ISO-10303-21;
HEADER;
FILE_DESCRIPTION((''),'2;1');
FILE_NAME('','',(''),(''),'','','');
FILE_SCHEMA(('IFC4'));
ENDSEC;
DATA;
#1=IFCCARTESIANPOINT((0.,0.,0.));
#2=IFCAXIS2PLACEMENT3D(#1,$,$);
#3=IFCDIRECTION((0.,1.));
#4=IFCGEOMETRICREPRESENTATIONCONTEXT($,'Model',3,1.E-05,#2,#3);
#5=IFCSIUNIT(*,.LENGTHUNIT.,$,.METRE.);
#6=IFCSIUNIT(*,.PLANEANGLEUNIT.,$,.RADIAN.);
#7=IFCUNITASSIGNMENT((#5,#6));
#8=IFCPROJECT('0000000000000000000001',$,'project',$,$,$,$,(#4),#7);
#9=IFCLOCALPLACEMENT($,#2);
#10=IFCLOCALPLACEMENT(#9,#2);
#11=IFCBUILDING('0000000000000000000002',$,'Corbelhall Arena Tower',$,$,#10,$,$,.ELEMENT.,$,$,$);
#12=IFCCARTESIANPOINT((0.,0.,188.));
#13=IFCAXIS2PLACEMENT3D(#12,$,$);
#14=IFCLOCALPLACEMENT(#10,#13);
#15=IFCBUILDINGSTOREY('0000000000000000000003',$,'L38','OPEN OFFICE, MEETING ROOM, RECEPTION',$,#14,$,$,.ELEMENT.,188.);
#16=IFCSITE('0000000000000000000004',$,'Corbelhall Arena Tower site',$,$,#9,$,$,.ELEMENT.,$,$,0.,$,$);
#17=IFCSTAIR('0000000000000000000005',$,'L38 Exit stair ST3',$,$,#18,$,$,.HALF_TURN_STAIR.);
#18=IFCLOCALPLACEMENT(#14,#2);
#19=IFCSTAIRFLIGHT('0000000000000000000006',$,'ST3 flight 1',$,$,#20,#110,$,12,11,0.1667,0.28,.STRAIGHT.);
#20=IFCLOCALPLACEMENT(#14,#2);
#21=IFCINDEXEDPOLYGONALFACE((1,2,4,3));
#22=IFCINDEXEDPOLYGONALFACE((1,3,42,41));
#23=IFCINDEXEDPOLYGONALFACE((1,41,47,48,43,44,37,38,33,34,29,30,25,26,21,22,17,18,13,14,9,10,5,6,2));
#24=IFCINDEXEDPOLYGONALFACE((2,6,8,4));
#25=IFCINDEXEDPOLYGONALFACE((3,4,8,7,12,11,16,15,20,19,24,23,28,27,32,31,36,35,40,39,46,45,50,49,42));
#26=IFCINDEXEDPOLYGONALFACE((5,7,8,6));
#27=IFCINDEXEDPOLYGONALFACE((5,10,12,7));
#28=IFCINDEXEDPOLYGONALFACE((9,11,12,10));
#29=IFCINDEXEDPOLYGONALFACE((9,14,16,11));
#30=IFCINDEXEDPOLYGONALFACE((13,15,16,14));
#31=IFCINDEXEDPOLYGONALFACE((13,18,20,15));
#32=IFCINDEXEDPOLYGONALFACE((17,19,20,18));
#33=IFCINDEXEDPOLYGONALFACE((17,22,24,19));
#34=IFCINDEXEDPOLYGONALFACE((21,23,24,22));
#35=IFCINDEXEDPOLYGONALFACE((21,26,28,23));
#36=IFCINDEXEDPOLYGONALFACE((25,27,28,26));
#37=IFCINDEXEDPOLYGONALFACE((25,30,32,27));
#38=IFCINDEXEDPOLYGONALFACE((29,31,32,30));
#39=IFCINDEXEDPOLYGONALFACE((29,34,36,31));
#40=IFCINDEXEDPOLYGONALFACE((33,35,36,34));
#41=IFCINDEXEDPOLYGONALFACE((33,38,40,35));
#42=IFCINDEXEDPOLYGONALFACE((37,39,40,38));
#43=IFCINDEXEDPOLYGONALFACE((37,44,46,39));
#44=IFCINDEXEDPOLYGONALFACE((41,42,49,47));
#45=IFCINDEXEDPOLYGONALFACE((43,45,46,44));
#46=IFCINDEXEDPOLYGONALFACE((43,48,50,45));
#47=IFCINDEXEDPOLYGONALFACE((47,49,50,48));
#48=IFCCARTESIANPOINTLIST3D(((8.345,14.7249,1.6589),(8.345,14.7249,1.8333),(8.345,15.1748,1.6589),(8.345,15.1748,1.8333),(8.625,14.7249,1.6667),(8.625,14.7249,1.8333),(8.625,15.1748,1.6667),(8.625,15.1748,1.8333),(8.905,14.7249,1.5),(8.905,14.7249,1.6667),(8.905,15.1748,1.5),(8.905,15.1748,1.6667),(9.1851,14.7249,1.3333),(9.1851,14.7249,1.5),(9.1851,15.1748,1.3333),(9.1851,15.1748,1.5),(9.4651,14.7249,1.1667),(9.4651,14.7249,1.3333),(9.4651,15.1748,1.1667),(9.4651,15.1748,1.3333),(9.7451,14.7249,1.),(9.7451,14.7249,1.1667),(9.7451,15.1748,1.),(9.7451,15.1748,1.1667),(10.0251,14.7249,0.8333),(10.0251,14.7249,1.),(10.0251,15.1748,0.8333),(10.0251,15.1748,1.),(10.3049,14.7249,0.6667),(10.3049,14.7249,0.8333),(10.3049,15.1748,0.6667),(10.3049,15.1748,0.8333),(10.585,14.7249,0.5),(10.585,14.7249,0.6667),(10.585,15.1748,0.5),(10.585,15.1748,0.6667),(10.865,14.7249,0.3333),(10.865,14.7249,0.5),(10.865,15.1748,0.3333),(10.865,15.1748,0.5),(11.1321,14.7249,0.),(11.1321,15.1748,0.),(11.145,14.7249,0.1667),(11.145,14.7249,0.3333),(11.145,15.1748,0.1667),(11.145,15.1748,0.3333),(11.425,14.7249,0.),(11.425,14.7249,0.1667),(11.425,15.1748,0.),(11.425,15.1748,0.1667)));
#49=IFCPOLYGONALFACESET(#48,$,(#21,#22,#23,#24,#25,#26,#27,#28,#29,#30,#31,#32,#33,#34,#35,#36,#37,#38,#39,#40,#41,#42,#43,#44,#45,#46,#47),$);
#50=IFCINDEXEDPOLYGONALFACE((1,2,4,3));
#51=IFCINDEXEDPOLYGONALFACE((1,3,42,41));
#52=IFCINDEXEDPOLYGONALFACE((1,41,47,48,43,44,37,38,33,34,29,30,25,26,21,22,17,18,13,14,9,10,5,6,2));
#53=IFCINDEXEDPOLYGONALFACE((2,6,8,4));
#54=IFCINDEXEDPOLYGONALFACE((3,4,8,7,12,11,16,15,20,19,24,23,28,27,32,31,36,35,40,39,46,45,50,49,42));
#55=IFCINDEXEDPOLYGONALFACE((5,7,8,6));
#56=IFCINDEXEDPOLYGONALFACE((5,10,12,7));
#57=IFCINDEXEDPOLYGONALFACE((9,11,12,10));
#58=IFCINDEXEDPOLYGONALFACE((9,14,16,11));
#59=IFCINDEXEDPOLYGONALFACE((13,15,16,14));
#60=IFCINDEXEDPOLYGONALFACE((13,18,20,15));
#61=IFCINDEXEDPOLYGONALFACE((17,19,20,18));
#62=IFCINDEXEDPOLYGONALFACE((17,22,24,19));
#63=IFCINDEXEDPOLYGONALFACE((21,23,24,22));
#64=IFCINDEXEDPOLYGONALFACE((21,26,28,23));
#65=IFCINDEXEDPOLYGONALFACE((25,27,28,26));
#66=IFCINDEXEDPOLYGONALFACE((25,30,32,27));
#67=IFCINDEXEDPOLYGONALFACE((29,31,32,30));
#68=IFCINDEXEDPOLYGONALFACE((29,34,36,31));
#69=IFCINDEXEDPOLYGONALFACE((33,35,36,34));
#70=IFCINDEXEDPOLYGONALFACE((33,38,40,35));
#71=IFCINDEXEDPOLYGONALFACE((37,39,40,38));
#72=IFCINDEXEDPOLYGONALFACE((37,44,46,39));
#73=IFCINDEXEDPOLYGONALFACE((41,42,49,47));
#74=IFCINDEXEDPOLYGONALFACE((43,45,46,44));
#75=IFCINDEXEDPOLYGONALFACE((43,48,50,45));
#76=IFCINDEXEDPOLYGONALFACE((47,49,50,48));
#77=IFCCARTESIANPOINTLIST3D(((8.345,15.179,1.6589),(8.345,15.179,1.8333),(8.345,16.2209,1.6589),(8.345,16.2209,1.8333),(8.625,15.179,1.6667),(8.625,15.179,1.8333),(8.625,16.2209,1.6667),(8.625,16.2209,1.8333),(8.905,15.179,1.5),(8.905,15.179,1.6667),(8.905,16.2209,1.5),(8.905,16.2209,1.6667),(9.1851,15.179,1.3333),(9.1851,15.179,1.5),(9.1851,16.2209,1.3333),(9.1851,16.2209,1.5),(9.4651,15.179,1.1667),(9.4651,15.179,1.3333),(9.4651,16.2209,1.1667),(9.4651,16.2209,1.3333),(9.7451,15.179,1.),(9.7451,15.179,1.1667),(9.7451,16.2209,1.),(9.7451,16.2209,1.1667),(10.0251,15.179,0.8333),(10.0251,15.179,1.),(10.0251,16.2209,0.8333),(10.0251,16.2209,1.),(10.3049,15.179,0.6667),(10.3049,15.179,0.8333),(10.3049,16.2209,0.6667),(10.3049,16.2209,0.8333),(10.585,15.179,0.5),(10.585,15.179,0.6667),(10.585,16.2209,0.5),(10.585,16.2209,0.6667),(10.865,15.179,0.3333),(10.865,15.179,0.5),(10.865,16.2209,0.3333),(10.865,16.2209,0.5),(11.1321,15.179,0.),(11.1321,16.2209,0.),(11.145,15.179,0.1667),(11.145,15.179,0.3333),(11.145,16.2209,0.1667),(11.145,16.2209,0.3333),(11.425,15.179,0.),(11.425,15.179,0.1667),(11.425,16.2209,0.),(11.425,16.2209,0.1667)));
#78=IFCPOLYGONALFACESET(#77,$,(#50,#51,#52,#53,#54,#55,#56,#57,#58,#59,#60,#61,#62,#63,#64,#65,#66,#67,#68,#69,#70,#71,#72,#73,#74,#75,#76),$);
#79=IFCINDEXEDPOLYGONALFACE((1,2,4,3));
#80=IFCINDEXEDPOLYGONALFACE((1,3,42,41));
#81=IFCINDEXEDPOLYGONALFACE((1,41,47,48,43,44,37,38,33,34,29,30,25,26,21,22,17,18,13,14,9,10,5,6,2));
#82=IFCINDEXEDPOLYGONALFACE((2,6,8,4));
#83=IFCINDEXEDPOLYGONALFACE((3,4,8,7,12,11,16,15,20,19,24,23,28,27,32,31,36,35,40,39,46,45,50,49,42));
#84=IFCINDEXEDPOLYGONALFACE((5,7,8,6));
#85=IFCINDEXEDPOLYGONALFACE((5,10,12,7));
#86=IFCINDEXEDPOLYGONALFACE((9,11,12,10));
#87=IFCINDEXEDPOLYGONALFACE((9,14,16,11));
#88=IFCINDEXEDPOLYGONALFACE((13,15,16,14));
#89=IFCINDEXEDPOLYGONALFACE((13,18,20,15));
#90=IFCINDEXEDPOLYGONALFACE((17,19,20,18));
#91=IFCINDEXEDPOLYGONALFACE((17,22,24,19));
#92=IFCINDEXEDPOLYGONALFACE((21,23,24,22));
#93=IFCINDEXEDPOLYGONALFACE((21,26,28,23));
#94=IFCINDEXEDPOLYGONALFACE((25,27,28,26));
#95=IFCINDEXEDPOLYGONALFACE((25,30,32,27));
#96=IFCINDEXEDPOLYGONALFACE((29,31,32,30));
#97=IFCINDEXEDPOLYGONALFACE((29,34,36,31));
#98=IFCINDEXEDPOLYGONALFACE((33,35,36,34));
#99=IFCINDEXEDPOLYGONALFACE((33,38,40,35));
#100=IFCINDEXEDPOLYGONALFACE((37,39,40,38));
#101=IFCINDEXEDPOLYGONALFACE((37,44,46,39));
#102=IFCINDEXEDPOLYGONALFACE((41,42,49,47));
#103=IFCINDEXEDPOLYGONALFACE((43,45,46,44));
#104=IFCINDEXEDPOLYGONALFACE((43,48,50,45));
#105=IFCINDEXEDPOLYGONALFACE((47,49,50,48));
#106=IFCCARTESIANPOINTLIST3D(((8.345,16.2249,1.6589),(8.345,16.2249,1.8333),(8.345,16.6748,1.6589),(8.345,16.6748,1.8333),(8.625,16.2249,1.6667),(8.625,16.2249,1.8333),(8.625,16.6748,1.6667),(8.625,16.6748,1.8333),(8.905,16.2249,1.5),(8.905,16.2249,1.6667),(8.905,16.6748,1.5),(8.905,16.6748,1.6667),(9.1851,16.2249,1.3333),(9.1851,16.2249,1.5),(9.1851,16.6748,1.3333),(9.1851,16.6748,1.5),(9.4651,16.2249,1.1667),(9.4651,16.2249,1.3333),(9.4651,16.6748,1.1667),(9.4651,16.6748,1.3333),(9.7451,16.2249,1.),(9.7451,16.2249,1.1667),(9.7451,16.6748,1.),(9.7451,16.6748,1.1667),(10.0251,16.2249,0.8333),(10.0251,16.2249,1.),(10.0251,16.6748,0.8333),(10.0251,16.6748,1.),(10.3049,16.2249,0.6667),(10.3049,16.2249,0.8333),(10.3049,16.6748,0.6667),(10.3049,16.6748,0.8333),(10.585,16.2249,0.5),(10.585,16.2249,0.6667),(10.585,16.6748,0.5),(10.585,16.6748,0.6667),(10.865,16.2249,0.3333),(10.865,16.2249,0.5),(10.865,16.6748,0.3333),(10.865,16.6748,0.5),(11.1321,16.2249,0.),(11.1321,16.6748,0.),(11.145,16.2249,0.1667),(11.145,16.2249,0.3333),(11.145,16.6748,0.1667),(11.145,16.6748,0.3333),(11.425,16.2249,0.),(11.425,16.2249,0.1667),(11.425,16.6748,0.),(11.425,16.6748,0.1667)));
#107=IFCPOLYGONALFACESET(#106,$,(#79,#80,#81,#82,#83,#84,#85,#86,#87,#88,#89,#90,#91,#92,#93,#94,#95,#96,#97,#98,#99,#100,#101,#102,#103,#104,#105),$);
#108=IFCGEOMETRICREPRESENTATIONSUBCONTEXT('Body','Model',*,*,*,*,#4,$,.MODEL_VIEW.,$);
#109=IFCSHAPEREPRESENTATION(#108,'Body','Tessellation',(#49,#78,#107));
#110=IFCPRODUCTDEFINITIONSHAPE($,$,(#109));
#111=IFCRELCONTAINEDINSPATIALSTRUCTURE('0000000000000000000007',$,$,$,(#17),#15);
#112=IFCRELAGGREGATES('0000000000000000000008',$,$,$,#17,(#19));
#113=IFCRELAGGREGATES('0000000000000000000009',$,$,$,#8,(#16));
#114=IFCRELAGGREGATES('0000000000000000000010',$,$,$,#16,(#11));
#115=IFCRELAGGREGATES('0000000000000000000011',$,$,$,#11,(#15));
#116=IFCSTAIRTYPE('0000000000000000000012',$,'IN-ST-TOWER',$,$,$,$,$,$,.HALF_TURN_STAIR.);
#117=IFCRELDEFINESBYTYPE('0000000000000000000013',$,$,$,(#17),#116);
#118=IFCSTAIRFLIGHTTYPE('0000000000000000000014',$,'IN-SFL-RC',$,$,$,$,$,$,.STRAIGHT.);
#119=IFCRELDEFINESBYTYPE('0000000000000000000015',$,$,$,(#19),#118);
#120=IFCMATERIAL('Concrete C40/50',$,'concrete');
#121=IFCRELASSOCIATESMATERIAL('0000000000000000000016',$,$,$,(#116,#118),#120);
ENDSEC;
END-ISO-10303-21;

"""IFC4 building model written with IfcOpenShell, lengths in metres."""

from ifc_helpers import new_model, si_unit, direction, frame, origin, place, context, subcontext, project, spatial, polyline, outline, extrude, material, type_object, element, aggregate, save


model = new_model("IFC4")

# Units and contexts
model_context = context("Model", 3, precision=1e-05, world=origin(), true_north=direction((0.0, 1.0)))
body_context = subcontext(model_context, "Body", "Model", "MODEL_VIEW")
ifc_project = project(units=[si_unit("LENGTHUNIT", "METRE"), si_unit("PLANEANGLEUNIT", "RADIAN")], contexts=[model_context])

# Site, building, storey
site_placement = place(None, origin())
site = spatial("IfcSite", under=ifc_project, at=site_placement, Name="Corbelhall Arena Tower site", CompositionType="ELEMENT", RefElevation=0.0)
building_placement = place(site_placement, origin())
building = spatial("IfcBuilding", under=site, at=building_placement, Name="Corbelhall Arena Tower", CompositionType="ELEMENT")
storey_placement = place(building_placement, frame((0.0, 0.0, 188.0)))
storey = spatial("IfcBuildingStorey", under=building, at=storey_placement, Name="L38", Description="OPEN OFFICE, MEETING ROOM, RECEPTION", CompositionType="ELEMENT", Elevation=188.0)

# Shared definitions
ifc_material_1 = material(Name="Concrete C40/50", Category="concrete")

# Stair, stair flight
stair_type = type_object("IfcStairType", Name="IN-ST-TOWER", PredefinedType="HALF_TURN_STAIR", material=ifc_material_1)
stair_placement = place(storey_placement, origin())
stair = element("IfcStair", 1, at=stair_placement, inside=storey, type_object=stair_type, Name="L38 Exit stair ST3", PredefinedType="HALF_TURN_STAIR")
stair_flight_type = type_object("IfcStairFlightType", Name="IN-SFL-RC", PredefinedType="STRAIGHT", material=ifc_material_1)
stair_flight_placement = place(storey_placement, frame((11.425, 15.7, 0.0), z_axis=(0.0, 0.0, 1.0), x_axis=(-1.0, 0.0, 0.0)))
stair_flight = element("IfcStairFlight", 2, at=stair_flight_placement, type_object=stair_flight_type, Name="ST3 flight 1", NumberOfRisers=12, NumberOfTreads=11, PredefinedType="STRAIGHT", RiserHeight=0.1667, TreadLength=0.28, context=body_context, shape_type="SweptSolid", body=[
    extrude(outline(polyline([(0.0, 0.0), (0.0, 0.1667), (0.28, 0.1667), (0.28, 0.3333), (0.5601, 0.3333), (0.5601, 0.5), (0.8401, 0.5), (0.8401, 0.6667), (1.1201, 0.6667), (1.1201, 0.8333), (1.3999, 0.8333), (1.3999, 1.0), (1.6799, 1.0), (1.6799, 1.1667), (1.96, 1.1667), (1.96, 1.3333), (2.24, 1.3333), (2.24, 1.5), (2.52, 1.5), (2.52, 1.6667), (2.8, 1.6667), (2.8, 1.8333), (3.0801, 1.8333), (3.0801, 2.0), (3.0801, 1.6589), (0.293, 0.0), (0.0, 0.0)])), frame((0.0, 0.9751, 0.0), z_axis=(0.0, -1.0, 0.0), x_axis=(1.0, 0.0, 0.0)), (0.0, 0.0, 1.0), 0.45),
    extrude(outline(polyline([(0.0, 0.0), (0.0, 0.1667), (0.28, 0.1667), (0.28, 0.3333), (0.5601, 0.3333), (0.5601, 0.5), (0.8401, 0.5), (0.8401, 0.6667), (1.1201, 0.6667), (1.1201, 0.8333), (1.3999, 0.8333), (1.3999, 1.0), (1.6799, 1.0), (1.6799, 1.1667), (1.96, 1.1667), (1.96, 1.3333), (2.24, 1.3333), (2.24, 1.5), (2.52, 1.5), (2.52, 1.6667), (2.8, 1.6667), (2.8, 1.8333), (3.0801, 1.8333), (3.0801, 2.0), (3.0801, 1.6589), (0.293, 0.0), (0.0, 0.0)])), frame((0.0, 0.521, 0.0), z_axis=(0.0, -1.0, 0.0), x_axis=(1.0, 0.0, 0.0)), (0.0, 0.0, 1.0), 1.042),
    extrude(outline(polyline([(0.0, 0.0), (0.0, 0.1667), (0.28, 0.1667), (0.28, 0.3333), (0.5601, 0.3333), (0.5601, 0.5), (0.8401, 0.5), (0.8401, 0.6667), (1.1201, 0.6667), (1.1201, 0.8333), (1.3999, 0.8333), (1.3999, 1.0), (1.6799, 1.0), (1.6799, 1.1667), (1.96, 1.1667), (1.96, 1.3333), (2.24, 1.3333), (2.24, 1.5), (2.52, 1.5), (2.52, 1.6667), (2.8, 1.6667), (2.8, 1.8333), (3.0801, 1.8333), (3.0801, 2.0), (3.0801, 1.6589), (0.293, 0.0), (0.0, 0.0)])), frame((0.0, -0.5249, 0.0), z_axis=(0.0, -1.0, 0.0), x_axis=(1.0, 0.0, 0.0)), (0.0, 0.0, 1.0), 0.45),
])
aggregate(stair, [stair_flight])

save(model, "model.ifc")
